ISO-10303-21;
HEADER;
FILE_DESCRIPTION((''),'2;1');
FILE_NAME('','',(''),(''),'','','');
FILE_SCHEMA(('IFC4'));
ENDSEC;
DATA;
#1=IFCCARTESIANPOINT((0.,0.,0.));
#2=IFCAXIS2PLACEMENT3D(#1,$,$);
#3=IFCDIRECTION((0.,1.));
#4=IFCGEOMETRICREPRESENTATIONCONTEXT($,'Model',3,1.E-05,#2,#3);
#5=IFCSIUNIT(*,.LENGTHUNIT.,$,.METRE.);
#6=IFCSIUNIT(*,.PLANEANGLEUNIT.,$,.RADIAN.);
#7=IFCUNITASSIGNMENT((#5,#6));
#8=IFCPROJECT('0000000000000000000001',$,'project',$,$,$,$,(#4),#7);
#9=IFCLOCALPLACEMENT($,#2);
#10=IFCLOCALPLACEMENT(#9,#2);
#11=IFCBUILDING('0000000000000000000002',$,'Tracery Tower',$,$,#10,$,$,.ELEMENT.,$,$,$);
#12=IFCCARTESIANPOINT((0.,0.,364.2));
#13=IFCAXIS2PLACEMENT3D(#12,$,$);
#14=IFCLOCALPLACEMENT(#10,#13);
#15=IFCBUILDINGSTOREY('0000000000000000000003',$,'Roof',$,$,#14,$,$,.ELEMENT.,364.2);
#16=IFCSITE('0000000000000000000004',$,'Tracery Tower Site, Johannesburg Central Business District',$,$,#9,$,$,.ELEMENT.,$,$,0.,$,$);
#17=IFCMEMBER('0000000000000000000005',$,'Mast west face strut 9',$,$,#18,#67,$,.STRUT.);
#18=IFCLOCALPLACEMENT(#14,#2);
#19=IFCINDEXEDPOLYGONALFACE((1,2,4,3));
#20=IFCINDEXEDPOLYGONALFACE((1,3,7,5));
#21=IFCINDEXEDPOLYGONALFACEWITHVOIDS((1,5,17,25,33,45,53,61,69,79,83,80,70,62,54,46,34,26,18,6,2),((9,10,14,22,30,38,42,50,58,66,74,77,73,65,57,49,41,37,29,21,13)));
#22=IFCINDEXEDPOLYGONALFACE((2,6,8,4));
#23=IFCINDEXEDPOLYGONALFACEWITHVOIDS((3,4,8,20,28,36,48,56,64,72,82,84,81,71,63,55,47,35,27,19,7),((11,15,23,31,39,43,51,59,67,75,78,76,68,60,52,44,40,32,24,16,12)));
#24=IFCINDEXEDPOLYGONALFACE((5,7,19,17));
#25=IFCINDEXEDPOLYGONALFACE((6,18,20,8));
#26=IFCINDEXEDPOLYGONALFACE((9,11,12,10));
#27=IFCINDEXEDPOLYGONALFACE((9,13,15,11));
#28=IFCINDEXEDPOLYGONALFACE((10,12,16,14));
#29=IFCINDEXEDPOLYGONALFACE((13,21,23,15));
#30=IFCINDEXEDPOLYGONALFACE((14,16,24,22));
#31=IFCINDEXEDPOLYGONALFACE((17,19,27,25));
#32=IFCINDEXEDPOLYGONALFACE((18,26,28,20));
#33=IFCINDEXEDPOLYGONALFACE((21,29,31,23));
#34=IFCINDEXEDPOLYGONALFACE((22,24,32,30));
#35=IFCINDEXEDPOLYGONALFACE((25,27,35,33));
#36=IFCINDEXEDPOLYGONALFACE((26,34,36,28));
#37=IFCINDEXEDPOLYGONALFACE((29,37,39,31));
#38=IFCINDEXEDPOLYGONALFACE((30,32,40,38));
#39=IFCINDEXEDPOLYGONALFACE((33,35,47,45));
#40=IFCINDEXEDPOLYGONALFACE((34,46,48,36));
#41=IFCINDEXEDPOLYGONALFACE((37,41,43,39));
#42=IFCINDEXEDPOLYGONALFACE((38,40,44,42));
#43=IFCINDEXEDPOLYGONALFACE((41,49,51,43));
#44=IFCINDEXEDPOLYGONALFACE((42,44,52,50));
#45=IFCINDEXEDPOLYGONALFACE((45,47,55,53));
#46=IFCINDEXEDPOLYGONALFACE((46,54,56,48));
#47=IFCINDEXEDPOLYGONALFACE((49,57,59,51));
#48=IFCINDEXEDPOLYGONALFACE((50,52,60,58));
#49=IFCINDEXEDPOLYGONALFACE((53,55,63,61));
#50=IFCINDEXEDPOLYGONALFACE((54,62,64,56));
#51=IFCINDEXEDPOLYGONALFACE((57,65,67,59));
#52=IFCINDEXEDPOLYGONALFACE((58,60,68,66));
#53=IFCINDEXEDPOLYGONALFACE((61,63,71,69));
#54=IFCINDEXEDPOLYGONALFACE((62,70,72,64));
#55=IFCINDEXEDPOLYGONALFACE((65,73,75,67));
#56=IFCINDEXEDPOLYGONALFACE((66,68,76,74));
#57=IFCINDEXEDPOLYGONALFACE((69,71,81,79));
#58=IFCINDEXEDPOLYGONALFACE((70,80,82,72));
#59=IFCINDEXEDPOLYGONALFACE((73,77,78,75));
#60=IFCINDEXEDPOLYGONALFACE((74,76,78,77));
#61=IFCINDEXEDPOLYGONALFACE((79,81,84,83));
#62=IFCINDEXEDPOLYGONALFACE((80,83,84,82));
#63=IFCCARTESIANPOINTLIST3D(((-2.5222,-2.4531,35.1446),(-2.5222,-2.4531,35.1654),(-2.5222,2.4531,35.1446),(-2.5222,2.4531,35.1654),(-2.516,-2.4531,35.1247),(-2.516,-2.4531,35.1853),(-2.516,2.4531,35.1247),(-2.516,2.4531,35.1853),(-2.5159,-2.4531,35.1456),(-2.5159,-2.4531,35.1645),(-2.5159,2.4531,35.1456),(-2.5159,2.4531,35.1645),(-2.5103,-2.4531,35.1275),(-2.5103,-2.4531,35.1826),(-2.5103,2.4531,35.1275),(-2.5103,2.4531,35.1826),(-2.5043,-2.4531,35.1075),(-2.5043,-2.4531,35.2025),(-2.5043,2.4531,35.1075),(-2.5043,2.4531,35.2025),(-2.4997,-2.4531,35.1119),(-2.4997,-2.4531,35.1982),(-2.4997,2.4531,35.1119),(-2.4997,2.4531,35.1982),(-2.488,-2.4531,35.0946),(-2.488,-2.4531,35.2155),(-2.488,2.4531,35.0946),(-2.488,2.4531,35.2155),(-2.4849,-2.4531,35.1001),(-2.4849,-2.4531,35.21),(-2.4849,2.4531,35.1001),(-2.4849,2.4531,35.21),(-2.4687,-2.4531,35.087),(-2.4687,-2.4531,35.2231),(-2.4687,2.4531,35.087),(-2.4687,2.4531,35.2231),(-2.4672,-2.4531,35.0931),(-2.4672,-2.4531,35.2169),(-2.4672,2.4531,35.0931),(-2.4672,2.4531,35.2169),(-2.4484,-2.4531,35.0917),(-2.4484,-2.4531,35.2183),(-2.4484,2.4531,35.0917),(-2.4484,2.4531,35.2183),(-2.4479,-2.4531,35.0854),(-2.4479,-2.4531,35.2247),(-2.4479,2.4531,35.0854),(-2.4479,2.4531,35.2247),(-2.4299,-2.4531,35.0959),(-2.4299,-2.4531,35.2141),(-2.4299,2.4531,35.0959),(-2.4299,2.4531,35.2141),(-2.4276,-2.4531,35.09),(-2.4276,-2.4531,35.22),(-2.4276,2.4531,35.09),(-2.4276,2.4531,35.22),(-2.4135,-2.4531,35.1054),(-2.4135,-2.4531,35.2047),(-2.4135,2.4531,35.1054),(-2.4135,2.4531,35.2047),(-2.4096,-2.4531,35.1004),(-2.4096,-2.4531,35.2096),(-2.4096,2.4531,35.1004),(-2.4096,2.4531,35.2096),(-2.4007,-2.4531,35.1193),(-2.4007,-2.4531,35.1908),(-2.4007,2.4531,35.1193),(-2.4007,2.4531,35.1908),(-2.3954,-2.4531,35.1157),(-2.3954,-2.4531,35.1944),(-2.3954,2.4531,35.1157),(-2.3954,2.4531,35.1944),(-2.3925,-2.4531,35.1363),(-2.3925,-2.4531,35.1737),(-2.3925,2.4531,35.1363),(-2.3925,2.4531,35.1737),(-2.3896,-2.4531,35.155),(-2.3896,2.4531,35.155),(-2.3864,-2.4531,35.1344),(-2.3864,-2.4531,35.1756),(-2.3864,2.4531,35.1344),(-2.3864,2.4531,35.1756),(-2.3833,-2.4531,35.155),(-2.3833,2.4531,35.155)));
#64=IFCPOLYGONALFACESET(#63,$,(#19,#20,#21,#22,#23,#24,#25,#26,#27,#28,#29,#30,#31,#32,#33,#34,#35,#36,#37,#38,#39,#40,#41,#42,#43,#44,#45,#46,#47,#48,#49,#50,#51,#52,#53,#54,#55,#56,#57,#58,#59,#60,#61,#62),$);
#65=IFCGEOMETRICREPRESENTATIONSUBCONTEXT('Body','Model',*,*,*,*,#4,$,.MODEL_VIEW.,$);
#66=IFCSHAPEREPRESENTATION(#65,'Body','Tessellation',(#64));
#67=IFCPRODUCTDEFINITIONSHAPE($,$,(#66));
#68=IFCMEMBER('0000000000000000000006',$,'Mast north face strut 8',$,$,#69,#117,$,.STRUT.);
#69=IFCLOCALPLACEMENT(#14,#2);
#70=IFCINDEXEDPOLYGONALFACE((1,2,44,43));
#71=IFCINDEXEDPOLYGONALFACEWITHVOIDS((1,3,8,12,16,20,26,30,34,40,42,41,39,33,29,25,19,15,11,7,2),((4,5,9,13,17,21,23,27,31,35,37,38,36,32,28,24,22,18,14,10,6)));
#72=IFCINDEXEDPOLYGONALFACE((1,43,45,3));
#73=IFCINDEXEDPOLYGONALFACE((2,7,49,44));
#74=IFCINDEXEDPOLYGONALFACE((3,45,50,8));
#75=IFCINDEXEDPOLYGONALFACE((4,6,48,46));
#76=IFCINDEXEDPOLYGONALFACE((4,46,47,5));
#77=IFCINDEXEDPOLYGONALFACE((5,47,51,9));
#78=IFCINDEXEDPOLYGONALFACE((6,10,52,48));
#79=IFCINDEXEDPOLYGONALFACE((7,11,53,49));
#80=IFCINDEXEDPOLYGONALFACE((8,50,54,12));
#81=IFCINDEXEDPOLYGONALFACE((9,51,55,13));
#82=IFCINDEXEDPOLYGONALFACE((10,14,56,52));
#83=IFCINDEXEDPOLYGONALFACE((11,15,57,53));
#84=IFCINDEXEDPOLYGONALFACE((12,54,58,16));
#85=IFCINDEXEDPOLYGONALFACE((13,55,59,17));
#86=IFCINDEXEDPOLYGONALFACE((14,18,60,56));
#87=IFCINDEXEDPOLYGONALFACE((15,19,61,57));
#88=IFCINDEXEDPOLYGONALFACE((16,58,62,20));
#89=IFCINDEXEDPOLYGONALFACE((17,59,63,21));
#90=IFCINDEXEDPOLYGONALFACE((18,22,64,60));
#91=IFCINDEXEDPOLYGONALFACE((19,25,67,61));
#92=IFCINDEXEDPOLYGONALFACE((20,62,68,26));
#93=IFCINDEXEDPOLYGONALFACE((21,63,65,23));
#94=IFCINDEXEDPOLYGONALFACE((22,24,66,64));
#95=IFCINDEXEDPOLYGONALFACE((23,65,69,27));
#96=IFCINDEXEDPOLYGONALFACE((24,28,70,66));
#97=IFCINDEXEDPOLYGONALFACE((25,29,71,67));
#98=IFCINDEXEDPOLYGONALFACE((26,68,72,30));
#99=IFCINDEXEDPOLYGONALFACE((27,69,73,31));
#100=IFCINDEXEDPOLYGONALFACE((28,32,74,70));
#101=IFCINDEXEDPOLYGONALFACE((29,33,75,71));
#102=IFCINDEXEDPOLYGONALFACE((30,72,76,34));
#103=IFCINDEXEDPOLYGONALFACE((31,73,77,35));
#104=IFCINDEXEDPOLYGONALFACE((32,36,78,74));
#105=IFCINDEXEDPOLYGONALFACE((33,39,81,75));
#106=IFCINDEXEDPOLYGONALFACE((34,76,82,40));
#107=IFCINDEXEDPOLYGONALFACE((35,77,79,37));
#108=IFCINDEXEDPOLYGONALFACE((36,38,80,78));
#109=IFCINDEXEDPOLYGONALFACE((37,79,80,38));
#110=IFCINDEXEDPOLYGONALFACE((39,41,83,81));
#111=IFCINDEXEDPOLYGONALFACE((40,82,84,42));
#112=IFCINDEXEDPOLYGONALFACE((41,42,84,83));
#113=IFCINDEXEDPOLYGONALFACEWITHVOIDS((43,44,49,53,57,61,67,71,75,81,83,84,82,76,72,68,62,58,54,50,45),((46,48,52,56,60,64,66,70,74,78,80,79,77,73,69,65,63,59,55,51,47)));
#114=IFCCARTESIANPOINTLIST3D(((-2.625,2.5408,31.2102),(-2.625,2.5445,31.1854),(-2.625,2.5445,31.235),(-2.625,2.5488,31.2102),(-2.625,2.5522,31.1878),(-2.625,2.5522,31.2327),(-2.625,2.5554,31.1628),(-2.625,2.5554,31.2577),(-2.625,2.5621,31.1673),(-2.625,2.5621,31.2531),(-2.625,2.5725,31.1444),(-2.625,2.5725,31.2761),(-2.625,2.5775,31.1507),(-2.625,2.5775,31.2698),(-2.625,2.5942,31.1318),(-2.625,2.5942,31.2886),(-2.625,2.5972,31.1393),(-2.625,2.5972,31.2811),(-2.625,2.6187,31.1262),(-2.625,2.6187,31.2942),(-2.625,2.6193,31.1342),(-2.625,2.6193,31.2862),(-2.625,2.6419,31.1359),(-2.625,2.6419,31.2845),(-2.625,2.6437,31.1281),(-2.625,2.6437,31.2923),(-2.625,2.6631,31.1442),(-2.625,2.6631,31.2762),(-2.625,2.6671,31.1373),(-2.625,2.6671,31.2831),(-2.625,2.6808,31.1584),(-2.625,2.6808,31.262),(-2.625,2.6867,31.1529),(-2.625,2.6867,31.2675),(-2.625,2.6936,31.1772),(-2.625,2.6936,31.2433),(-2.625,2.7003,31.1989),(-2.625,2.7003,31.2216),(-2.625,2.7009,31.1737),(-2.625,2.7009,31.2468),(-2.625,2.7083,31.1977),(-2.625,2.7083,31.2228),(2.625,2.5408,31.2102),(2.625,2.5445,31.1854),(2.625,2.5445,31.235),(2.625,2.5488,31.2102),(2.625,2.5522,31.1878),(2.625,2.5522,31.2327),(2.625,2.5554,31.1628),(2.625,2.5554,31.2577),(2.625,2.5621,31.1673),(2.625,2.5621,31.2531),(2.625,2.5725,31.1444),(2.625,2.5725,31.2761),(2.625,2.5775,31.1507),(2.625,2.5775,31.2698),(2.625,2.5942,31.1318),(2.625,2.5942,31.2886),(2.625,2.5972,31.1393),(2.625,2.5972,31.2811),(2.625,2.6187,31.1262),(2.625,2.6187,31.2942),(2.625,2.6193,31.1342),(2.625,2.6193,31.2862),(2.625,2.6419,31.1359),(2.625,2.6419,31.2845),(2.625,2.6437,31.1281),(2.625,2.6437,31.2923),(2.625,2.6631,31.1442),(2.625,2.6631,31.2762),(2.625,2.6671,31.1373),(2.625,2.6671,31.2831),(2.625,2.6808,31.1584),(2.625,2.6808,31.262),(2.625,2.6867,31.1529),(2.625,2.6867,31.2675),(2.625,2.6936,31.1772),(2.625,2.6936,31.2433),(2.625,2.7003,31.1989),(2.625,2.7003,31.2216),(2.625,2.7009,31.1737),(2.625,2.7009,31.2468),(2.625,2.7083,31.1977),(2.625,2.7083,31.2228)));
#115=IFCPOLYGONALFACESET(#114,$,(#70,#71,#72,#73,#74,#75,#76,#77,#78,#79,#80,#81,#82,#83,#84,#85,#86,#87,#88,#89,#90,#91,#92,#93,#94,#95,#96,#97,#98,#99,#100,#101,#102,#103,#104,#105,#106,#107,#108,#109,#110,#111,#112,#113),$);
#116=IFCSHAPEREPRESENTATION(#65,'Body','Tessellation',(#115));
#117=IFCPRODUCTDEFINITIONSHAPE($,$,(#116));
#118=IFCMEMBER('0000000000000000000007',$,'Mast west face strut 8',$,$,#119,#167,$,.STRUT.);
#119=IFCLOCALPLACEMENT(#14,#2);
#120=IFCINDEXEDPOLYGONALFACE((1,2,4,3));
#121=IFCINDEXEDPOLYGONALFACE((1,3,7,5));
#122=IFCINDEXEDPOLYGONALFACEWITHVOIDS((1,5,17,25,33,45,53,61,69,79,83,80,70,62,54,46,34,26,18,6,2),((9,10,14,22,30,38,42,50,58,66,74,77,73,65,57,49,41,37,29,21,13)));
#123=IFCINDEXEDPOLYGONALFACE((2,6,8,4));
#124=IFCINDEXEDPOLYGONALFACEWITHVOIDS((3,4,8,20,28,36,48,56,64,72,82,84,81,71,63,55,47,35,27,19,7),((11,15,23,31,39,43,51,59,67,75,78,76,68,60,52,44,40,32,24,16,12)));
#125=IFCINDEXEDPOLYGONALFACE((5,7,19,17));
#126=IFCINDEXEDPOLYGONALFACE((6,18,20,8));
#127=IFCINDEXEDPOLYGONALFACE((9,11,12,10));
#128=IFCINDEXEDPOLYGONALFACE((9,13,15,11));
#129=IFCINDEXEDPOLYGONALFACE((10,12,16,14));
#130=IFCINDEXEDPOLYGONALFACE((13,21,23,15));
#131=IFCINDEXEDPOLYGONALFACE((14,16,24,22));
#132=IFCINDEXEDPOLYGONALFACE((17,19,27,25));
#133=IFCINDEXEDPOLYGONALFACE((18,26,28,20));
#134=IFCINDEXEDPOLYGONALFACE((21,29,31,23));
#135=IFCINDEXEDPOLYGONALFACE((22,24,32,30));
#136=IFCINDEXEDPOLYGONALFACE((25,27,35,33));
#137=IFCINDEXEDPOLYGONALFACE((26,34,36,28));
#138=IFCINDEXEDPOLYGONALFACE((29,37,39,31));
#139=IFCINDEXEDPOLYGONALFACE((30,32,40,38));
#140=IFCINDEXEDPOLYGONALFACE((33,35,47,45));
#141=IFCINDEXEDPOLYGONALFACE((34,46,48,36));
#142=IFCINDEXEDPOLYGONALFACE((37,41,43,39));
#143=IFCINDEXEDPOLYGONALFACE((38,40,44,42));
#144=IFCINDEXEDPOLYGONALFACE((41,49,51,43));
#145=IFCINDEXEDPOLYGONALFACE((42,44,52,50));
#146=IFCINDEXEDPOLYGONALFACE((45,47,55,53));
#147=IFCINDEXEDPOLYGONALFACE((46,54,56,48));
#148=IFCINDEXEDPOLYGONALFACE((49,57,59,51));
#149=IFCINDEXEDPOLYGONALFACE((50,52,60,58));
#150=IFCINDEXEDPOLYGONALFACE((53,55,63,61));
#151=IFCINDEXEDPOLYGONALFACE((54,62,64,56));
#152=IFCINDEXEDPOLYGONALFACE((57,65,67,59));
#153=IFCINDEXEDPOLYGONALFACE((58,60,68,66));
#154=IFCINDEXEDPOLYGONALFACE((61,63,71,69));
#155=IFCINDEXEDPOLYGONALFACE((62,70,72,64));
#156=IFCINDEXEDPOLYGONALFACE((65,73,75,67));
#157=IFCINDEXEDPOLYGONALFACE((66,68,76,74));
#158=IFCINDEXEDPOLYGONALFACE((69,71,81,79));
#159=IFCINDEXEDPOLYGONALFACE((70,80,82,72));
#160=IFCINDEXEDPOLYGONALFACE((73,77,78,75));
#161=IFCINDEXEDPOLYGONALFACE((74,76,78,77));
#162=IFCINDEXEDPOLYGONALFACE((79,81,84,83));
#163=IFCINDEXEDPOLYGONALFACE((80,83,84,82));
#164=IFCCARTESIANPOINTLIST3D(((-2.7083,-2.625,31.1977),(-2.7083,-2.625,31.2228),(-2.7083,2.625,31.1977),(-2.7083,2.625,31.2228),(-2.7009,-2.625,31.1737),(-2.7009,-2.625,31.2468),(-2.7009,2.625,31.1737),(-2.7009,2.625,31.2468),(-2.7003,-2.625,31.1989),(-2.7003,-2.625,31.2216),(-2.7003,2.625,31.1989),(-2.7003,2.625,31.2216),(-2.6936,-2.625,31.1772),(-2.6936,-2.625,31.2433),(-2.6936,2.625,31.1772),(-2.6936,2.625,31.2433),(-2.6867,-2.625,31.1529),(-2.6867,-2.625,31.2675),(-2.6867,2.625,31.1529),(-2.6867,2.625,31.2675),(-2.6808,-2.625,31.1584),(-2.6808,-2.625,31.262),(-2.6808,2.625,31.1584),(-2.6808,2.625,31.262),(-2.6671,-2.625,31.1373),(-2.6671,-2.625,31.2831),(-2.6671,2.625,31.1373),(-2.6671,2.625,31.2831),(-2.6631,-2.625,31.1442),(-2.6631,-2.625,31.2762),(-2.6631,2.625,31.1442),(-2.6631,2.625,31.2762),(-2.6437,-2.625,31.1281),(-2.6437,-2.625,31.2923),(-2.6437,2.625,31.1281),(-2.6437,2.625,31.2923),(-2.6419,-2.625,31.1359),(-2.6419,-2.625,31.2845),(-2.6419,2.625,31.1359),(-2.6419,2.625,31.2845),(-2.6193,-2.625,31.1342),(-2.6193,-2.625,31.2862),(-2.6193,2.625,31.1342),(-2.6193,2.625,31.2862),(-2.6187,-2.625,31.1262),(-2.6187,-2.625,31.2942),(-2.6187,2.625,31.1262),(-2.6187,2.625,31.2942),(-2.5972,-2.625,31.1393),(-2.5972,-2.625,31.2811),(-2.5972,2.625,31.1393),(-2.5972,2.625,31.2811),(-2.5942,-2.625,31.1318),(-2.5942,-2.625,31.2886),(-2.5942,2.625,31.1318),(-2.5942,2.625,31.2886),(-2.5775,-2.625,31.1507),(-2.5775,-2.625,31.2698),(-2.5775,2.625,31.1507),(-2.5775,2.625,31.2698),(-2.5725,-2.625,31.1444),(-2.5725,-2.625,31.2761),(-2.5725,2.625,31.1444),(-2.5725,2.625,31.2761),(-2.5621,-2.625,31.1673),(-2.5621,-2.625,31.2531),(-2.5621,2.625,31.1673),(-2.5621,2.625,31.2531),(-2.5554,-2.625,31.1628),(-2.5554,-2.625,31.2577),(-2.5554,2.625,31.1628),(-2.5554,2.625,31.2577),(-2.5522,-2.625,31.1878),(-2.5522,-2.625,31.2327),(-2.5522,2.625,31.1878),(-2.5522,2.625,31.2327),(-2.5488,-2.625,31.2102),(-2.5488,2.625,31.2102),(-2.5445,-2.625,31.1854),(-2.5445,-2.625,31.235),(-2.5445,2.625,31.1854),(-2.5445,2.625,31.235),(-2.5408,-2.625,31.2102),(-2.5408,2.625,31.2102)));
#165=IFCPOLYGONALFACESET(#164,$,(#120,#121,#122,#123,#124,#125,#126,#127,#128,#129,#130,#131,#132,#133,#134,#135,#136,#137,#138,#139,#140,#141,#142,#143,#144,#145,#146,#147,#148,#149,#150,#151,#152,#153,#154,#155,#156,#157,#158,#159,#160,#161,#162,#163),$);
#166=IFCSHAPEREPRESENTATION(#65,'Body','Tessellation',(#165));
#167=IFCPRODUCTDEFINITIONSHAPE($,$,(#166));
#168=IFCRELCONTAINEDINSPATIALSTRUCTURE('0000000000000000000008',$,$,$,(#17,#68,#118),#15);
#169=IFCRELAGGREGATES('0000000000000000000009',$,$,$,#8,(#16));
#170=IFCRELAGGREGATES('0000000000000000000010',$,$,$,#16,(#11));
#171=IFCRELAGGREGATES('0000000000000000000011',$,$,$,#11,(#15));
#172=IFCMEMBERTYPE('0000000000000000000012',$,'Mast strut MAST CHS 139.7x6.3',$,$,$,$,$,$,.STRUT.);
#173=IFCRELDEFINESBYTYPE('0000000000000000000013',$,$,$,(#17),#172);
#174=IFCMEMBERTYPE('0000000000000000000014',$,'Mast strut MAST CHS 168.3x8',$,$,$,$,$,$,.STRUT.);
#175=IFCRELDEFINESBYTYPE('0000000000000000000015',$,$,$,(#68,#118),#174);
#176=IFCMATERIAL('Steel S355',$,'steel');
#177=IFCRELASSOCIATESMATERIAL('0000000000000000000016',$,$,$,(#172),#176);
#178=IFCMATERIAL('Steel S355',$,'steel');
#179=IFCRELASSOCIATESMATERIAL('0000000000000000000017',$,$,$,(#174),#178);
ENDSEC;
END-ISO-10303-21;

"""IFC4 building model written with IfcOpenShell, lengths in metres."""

from ifc_helpers import new_model, si_unit, direction, frame, origin, origin_2d, place, context, subcontext, project, spatial, hollow_circle, extrude, material, material_profile, profile_set, type_object, element, save


model = new_model("IFC4")

# Units and contexts
model_context = context("Model", 3, precision=1e-05, world=origin(), true_north=direction((0.0, 1.0)))
body_context = subcontext(model_context, "Body", "Model", "MODEL_VIEW")
ifc_project = project(units=[si_unit("LENGTHUNIT", "METRE"), si_unit("PLANEANGLEUNIT", "RADIAN")], contexts=[model_context])

# Site, building, storey
site_placement = place(None, origin())
site = spatial("IfcSite", under=ifc_project, at=site_placement, Name="Tracery Tower Site, Johannesburg Central Business District", CompositionType="ELEMENT", RefElevation=0.0)
building_placement = place(site_placement, origin())
building = spatial("IfcBuilding", under=site, at=building_placement, Name="Tracery Tower", CompositionType="ELEMENT")
storey_placement = place(building_placement, frame((0.0, 0.0, 364.2)))
storey = spatial("IfcBuildingStorey", under=building, at=storey_placement, Name="Roof", CompositionType="ELEMENT", Elevation=364.2)

# Members
ifc_material_1 = material(Name="Steel S355", Category="steel")
ifc_material_profile_1 = material_profile(ifc_material_1, hollow_circle(Radius=0.0698, WallThickness=0.0063, at=origin_2d()), Name="CHS 139.7x6.3")
ifc_profile_set_1 = profile_set([ifc_material_profile_1], Name="Steel S355")
member_type_1 = type_object("IfcMemberType", Name="Mast strut MAST CHS 139.7x6.3", PredefinedType="STRUT", material=ifc_profile_set_1)
for number, where, z_axis, x_axis, name in (
    (1, (-2.4531, 2.4531, 35.155), (0.0, -1.0, 0.0), (1.0, 0.0, 0.0), "Mast west face strut 9"),
):
    element("IfcMember", number, at=place(storey_placement, frame(where, z_axis=z_axis, x_axis=x_axis)), inside=storey, type_object=member_type_1, Name=name, PredefinedType="STRUT", context=body_context, shape_type="SweptSolid", body=[
        extrude(hollow_circle(Radius=0.0698, WallThickness=0.0063, at=origin_2d()), origin(), (0.0, 0.0, 1.0), 4.9062),
    ])
ifc_material_2 = material(Name="Steel S355", Category="steel")
ifc_material_profile_2 = material_profile(ifc_material_2, hollow_circle(Radius=0.0842, WallThickness=0.0081, at=origin_2d()), Name="CHS 168.3x8")
ifc_profile_set_2 = profile_set([ifc_material_profile_2], Name="Steel S355")
member_type_2 = type_object("IfcMemberType", Name="Mast strut MAST CHS 168.3x8", PredefinedType="STRUT", material=ifc_profile_set_2)
for number, where, z_axis, x_axis, name in (
    (2, (2.625, 2.625, 31.2102), (-1.0, 0.0, 0.0), (0.0, -1.0, 0.0), "Mast north face strut 8"),
    (3, (-2.625, 2.625, 31.2102), (0.0, -1.0, 0.0), (1.0, 0.0, 0.0), "Mast west face strut 8"),
):
    element("IfcMember", number, at=place(storey_placement, frame(where, z_axis=z_axis, x_axis=x_axis)), inside=storey, type_object=member_type_2, Name=name, PredefinedType="STRUT", context=body_context, shape_type="SweptSolid", body=[
        extrude(hollow_circle(Radius=0.0842, WallThickness=0.0081, at=origin_2d()), origin(), (0.0, 0.0, 1.0), 5.25),
    ])

save(model, "model.ifc")
